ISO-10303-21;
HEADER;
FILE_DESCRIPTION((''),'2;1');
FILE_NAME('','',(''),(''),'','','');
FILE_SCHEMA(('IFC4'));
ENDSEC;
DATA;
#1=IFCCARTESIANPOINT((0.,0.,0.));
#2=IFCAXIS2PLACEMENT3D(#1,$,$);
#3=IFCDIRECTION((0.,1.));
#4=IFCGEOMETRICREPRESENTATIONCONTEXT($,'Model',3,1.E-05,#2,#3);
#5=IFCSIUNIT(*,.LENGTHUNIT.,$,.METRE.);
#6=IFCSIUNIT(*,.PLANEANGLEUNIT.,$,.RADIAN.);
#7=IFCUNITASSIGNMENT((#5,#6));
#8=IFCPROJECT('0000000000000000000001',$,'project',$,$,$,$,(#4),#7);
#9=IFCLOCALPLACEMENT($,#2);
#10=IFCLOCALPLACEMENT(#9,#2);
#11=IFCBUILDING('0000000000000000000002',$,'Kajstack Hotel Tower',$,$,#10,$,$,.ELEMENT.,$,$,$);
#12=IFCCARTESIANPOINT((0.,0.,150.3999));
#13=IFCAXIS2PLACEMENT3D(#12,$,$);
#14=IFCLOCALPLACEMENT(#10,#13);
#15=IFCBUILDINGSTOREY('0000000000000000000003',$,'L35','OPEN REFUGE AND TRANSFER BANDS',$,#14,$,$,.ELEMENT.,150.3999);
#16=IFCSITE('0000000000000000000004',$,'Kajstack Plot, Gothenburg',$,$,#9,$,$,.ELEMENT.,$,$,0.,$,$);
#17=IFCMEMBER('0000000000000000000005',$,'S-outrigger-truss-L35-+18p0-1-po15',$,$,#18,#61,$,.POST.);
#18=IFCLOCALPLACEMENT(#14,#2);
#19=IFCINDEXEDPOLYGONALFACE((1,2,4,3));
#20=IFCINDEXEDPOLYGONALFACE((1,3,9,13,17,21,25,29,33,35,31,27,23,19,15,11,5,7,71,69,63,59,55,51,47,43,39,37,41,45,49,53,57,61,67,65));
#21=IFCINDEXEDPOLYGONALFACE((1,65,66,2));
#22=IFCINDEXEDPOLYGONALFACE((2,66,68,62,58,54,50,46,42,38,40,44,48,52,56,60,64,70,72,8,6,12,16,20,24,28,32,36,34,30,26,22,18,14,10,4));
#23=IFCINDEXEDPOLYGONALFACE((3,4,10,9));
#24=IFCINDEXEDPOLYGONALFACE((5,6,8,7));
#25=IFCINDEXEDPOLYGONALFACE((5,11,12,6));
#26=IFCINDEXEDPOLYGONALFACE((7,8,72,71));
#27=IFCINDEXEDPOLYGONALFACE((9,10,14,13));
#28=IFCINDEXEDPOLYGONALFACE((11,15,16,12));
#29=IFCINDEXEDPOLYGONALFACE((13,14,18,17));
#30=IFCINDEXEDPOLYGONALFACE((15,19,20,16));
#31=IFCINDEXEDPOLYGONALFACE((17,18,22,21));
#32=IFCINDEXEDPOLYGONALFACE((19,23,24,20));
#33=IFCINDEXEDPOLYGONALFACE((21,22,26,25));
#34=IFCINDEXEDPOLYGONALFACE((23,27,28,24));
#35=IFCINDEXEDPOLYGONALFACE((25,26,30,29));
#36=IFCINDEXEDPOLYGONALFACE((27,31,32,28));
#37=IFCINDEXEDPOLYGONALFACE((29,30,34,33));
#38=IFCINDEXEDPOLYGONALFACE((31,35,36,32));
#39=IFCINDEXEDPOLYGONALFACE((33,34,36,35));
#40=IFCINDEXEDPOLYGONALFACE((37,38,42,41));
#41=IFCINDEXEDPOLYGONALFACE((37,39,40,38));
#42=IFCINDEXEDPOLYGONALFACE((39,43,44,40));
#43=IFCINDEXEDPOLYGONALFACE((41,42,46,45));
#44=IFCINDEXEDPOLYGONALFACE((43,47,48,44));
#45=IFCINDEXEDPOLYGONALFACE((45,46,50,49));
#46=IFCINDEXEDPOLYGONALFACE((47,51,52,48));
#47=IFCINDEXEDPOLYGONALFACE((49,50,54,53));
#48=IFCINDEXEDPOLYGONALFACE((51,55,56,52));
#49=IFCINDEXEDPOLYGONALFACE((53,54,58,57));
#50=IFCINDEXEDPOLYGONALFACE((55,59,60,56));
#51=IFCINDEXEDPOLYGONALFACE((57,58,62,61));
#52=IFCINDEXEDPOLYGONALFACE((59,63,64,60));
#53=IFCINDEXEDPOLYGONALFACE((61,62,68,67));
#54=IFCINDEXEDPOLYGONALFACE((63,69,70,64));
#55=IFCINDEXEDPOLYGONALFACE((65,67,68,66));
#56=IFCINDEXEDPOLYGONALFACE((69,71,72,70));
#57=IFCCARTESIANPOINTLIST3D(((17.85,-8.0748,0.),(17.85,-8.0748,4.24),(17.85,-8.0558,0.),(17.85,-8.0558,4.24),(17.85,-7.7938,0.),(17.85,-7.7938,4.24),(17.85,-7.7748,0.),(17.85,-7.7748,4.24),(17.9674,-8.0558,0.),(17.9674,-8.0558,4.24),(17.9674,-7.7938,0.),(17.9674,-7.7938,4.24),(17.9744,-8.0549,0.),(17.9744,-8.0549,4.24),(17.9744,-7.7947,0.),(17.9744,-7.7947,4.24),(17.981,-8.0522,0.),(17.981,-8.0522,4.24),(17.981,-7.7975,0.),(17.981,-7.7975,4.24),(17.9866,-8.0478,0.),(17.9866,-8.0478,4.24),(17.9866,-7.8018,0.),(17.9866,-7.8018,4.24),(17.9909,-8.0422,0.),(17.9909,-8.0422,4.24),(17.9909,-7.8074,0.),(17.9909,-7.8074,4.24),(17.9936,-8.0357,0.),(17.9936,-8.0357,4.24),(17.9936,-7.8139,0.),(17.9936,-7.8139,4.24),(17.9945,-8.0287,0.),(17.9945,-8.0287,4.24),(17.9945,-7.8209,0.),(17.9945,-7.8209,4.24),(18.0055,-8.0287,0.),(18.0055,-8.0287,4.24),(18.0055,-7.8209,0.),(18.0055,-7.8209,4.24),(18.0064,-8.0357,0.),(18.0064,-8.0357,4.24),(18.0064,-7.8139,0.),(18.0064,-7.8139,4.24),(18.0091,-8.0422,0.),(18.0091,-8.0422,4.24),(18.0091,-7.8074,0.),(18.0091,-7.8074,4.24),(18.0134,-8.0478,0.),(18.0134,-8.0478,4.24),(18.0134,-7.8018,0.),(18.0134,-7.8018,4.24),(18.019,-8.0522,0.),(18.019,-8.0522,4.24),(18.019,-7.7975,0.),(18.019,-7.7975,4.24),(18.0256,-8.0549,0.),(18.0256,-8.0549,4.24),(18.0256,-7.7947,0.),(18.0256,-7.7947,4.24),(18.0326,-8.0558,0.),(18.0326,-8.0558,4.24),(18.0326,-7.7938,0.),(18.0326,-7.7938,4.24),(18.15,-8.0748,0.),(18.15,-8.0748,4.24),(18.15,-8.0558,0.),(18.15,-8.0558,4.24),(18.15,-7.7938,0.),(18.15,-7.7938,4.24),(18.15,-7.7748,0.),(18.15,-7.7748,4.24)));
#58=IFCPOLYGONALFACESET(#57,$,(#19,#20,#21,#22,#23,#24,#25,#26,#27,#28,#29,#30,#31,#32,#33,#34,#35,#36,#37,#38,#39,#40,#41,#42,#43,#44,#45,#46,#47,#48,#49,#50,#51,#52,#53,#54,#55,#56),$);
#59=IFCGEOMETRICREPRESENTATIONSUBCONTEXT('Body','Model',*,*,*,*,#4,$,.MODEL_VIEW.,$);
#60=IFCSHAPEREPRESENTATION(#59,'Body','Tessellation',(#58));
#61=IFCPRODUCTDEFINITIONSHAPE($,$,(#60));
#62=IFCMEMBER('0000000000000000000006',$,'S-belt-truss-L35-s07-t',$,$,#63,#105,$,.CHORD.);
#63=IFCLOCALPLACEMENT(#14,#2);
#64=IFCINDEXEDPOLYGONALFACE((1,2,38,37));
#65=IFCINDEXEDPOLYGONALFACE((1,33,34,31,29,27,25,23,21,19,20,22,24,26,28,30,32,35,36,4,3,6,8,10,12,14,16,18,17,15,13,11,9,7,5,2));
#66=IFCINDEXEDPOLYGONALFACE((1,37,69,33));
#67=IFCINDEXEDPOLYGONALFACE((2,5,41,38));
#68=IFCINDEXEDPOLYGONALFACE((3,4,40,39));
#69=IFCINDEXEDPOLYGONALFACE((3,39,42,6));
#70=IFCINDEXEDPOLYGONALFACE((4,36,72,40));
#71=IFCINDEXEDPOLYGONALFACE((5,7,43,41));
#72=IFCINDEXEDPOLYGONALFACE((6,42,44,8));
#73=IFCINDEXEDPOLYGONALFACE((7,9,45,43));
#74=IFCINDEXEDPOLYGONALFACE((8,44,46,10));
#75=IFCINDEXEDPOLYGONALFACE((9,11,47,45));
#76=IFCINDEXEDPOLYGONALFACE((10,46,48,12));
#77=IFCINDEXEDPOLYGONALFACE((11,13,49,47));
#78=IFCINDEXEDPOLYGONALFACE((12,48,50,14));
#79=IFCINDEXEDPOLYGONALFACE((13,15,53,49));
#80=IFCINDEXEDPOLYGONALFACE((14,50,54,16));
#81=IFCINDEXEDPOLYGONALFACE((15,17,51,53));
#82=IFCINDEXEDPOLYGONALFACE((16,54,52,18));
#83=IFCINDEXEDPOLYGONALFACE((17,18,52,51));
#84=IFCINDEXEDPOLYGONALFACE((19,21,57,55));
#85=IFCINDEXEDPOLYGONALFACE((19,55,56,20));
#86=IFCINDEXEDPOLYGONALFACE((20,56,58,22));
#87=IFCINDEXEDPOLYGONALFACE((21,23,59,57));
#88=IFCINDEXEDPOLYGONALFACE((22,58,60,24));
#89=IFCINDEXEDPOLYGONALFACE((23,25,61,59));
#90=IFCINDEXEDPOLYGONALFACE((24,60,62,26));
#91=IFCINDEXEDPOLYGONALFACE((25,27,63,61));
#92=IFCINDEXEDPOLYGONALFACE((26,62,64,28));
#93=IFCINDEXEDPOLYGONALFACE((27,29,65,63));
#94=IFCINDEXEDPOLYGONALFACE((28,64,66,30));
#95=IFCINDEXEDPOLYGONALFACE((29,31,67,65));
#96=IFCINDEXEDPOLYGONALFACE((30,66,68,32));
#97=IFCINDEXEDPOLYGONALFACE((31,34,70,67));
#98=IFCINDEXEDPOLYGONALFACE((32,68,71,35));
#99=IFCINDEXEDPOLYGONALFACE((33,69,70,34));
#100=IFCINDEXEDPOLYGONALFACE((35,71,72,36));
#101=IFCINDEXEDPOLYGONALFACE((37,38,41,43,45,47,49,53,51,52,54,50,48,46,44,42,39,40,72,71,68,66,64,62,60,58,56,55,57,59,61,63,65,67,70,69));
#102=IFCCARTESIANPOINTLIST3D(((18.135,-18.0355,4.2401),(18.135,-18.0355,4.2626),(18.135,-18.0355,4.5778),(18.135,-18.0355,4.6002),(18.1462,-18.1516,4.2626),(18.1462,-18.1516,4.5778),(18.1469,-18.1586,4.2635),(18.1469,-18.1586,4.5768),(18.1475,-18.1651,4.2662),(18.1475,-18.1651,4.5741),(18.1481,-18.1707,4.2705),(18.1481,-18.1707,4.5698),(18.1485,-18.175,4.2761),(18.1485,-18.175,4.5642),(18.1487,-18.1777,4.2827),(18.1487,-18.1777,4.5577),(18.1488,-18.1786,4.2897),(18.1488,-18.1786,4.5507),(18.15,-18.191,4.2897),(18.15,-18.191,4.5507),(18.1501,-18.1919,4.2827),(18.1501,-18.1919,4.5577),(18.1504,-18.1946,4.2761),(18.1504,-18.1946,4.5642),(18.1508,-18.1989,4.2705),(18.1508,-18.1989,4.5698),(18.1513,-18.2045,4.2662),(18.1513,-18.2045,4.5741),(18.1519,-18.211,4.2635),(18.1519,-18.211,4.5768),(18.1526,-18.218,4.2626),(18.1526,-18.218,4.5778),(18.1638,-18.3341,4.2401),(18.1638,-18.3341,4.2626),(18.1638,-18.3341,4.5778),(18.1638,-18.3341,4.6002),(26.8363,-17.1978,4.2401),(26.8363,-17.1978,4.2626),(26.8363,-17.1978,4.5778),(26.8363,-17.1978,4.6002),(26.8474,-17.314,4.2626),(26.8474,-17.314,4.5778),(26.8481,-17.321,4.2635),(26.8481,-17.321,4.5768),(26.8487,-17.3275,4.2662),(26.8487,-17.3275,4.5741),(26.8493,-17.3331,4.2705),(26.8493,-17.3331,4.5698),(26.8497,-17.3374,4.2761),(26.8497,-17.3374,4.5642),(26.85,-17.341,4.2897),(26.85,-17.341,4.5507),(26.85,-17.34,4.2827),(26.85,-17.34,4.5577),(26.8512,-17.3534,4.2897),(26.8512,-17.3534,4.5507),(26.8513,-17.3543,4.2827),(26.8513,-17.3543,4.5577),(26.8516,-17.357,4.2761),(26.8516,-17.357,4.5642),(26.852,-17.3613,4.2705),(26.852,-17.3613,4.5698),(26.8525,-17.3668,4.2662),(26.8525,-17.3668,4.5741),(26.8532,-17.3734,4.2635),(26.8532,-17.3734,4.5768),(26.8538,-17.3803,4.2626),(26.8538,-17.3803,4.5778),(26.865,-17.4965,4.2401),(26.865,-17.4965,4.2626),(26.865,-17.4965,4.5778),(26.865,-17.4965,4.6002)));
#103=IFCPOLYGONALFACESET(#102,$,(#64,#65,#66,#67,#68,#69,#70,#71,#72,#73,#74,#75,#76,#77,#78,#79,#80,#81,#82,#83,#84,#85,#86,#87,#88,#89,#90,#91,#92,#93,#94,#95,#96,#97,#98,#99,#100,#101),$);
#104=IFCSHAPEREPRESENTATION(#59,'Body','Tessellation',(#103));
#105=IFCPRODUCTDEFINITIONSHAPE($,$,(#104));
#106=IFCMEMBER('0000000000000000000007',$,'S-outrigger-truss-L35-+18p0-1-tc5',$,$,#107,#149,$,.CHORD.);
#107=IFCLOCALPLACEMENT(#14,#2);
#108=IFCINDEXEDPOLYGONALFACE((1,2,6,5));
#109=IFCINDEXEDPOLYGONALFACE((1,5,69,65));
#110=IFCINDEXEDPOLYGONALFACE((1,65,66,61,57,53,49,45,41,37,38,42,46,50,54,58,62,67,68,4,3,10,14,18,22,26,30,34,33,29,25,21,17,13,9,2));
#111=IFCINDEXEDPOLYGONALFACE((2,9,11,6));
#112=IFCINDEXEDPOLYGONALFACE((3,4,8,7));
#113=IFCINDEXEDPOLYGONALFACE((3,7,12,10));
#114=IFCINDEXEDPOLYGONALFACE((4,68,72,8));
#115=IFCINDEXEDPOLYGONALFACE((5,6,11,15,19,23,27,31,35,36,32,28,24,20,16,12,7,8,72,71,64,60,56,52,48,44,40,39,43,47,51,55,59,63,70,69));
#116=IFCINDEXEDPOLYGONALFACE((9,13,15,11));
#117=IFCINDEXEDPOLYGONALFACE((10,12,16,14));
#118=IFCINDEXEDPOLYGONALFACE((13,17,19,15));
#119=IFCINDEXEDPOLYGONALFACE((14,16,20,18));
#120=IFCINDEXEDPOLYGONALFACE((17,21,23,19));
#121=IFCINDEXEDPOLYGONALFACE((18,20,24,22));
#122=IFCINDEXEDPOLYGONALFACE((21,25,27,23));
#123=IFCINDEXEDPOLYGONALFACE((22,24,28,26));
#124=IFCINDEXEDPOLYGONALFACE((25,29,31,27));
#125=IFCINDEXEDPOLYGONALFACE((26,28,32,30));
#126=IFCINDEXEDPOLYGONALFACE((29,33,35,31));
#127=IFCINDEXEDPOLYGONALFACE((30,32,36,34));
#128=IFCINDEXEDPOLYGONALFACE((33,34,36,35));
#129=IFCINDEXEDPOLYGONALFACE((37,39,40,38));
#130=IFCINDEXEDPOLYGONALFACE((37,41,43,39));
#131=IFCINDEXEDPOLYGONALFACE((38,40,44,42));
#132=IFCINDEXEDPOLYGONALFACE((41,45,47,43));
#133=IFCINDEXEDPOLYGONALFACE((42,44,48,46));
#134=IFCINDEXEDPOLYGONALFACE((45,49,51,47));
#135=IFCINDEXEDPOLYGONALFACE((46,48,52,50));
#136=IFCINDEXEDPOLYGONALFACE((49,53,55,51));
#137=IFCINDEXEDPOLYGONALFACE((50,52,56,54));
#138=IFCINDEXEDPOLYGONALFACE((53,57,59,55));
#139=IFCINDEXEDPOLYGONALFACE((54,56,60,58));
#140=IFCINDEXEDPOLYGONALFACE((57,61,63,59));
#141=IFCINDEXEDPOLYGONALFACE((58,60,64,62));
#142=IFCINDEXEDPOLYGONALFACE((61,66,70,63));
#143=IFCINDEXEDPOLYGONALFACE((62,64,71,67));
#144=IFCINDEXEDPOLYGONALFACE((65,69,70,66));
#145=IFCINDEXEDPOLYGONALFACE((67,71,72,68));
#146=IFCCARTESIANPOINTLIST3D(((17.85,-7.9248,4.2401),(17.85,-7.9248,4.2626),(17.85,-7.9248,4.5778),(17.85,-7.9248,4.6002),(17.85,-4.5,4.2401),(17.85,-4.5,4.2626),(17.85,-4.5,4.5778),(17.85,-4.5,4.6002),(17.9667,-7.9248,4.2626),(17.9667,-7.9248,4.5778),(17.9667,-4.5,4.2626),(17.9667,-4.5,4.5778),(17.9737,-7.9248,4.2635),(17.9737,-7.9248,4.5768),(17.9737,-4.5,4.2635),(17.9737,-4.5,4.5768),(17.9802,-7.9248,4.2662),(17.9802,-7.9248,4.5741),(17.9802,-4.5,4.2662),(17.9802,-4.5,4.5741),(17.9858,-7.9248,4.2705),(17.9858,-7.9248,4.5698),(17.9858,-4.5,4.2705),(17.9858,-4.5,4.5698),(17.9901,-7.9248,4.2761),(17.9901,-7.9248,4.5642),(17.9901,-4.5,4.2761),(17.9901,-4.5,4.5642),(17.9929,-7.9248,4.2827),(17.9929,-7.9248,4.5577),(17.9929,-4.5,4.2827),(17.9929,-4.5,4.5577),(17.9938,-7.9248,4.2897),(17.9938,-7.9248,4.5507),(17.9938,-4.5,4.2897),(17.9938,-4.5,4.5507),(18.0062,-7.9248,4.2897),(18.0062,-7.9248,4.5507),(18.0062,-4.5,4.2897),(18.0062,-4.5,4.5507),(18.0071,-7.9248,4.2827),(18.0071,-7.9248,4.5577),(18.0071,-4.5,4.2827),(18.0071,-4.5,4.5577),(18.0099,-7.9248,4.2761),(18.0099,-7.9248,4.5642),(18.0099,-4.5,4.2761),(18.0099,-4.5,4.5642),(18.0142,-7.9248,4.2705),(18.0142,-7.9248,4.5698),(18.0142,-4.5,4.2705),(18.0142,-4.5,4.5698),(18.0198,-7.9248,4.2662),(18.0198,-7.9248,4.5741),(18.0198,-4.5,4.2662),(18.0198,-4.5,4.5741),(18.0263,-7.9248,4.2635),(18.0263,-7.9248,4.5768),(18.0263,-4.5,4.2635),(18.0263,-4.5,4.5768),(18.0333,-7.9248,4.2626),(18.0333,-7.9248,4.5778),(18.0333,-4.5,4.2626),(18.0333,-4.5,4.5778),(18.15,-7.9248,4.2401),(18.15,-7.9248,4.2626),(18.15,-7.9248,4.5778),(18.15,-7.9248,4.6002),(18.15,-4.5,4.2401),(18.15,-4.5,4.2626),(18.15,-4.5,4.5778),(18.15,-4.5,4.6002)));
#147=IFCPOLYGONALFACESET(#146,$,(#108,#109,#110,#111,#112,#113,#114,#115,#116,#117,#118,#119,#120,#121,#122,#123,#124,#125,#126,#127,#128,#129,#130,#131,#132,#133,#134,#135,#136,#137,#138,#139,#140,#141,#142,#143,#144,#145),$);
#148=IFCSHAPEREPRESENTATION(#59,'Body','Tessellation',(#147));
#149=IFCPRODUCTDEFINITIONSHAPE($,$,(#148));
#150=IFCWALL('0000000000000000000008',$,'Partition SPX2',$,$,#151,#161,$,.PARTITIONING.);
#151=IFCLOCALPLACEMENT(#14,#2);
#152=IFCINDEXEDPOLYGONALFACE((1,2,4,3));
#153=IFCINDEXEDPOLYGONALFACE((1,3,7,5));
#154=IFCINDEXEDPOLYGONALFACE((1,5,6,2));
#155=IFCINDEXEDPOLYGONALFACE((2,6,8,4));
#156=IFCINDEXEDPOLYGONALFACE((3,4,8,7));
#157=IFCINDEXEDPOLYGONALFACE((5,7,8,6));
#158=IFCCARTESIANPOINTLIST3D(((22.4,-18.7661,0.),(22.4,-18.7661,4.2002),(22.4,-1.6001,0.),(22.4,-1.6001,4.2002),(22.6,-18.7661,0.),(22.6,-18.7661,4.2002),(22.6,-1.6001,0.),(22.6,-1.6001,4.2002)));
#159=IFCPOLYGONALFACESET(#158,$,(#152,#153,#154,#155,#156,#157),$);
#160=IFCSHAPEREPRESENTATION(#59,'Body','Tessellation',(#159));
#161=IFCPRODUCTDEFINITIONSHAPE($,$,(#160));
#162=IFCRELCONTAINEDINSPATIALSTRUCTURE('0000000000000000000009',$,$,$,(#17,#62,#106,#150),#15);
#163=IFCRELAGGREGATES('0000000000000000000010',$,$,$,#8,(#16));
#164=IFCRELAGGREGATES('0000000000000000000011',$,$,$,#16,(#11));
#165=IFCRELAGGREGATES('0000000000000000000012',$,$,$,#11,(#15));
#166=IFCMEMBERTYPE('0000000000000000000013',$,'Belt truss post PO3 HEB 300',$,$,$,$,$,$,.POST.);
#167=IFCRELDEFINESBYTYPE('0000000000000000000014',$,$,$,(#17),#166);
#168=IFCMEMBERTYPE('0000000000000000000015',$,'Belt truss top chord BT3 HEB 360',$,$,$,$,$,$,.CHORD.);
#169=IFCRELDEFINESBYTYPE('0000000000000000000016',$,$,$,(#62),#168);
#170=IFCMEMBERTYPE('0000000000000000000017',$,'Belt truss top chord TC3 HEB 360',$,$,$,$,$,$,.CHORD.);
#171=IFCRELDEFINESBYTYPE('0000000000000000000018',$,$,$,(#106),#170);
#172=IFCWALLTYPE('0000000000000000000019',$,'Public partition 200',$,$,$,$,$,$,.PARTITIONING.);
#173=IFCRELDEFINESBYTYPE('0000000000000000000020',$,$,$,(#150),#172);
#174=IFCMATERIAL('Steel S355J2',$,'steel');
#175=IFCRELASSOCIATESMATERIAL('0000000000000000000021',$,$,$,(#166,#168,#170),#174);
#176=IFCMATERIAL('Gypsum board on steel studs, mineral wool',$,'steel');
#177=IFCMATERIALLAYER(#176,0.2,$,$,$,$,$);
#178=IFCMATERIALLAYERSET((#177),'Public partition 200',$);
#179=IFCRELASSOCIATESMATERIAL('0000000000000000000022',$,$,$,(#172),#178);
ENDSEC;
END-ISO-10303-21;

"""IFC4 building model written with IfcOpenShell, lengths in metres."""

from ifc_helpers import new_model, si_unit, direction, frame, frame_2d, origin, origin_2d, place, context, subcontext, project, spatial, rectangle, i_section, extrude, material, layer, layer_set, material_profile, profile_set, type_object, element, save


model = new_model("IFC4")

# Units and contexts
model_context = context("Model", 3, precision=1e-05, world=origin(), true_north=direction((0.0, 1.0)))
body_context = subcontext(model_context, "Body", "Model", "MODEL_VIEW")
ifc_project = project(units=[si_unit("LENGTHUNIT", "METRE"), si_unit("PLANEANGLEUNIT", "RADIAN")], contexts=[model_context])

# Site, building, storey
site_placement = place(None, origin())
site = spatial("IfcSite", under=ifc_project, at=site_placement, Name="Kajstack Plot, Gothenburg", CompositionType="ELEMENT", RefElevation=0.0)
building_placement = place(site_placement, origin())
building = spatial("IfcBuilding", under=site, at=building_placement, Name="Kajstack Hotel Tower", CompositionType="ELEMENT")
storey_placement = place(building_placement, frame((0.0, 0.0, 150.3999)))
storey = spatial("IfcBuildingStorey", under=building, at=storey_placement, Name="L35", Description="OPEN REFUGE AND TRANSFER BANDS", CompositionType="ELEMENT", Elevation=150.3999)

# Members
ifc_material_1 = material(Name="Steel S355J2", Category="steel")
ifc_material_profile_1 = material_profile(ifc_material_1, i_section(OverallWidth=0.3, OverallDepth=0.3, WebThickness=0.011, FlangeThickness=0.019, FilletRadius=0.0271, at=origin_2d()), Name="HEB 300")
ifc_profile_set_1 = profile_set([ifc_material_profile_1], Name="Steel S355J2")
member_type_1 = type_object("IfcMemberType", Name="Belt truss post PO3 HEB 300", PredefinedType="POST", material=ifc_profile_set_1)
for number, where, z_axis, x_axis, name in (
    (1, (18.0, -7.9248, 0.0), (0.0, 0.0, 1.0), (1.0, 0.0, 0.0), "S-outrigger-truss-L35-+18p0-1-po15"),
):
    element("IfcMember", number, at=place(storey_placement, frame(where, z_axis=z_axis, x_axis=x_axis)), inside=storey, type_object=member_type_1, Name=name, PredefinedType="POST", context=body_context, shape_type="SweptSolid", body=[
        extrude(i_section(OverallWidth=0.3, OverallDepth=0.3, WebThickness=0.011, FlangeThickness=0.019, FilletRadius=0.0271, at=origin_2d()), origin(), (0.0, 0.0, 1.0), 4.24),
    ])
ifc_material_profile_2 = material_profile(ifc_material_1, i_section(OverallWidth=0.3, OverallDepth=0.3601, WebThickness=0.0125, FlangeThickness=0.0225, FilletRadius=0.0271, at=origin_2d()), Name="HEB 360")
ifc_profile_set_2 = profile_set([ifc_material_profile_2], Name="Steel S355J2")
member_type_2 = type_object("IfcMemberType", Name="Belt truss top chord BT3 HEB 360", PredefinedType="CHORD", material=ifc_profile_set_2)
member_1_placement = place(storey_placement, frame((18.1494, -18.1848, 4.4202), z_axis=(0.995398, 0.095825, 0.0), x_axis=(-0.095825, 0.995398, 0.0)))
element("IfcMember", 2, at=member_1_placement, inside=storey, type_object=member_type_2, Name="S-belt-truss-L35-s07-t", PredefinedType="CHORD", context=body_context, shape_type="SweptSolid", body=[
    extrude(i_section(OverallWidth=0.3, OverallDepth=0.3601, WebThickness=0.0125, FlangeThickness=0.0225, FilletRadius=0.0271, at=origin_2d()), origin(), (0.0, 0.0, 1.0), 8.7415),
])
ifc_material_profile_3 = material_profile(ifc_material_1, i_section(OverallWidth=0.3, OverallDepth=0.3601, WebThickness=0.0125, FlangeThickness=0.0225, FilletRadius=0.0271, at=origin_2d()), Name="HEB 360")
ifc_profile_set_3 = profile_set([ifc_material_profile_3], Name="Steel S355J2")
member_type_3 = type_object("IfcMemberType", Name="Belt truss top chord TC3 HEB 360", PredefinedType="CHORD", material=ifc_profile_set_3)
member_2_placement = place(storey_placement, frame((18.0, -7.9248, 4.4202), z_axis=(0.0, 1.0, 0.0), x_axis=(-1.0, 0.0, 0.0)))
element("IfcMember", 3, at=member_2_placement, inside=storey, type_object=member_type_3, Name="S-outrigger-truss-L35-+18p0-1-tc5", PredefinedType="CHORD", context=body_context, shape_type="SweptSolid", body=[
    extrude(i_section(OverallWidth=0.3, OverallDepth=0.3601, WebThickness=0.0125, FlangeThickness=0.0225, FilletRadius=0.0271, at=origin_2d()), origin(), (0.0, 0.0, 1.0), 3.4248),
])

# Wall
ifc_material_2 = material(Name="Gypsum board on steel studs, mineral wool", Category="steel")
ifc_layer_1 = layer(ifc_material_2, 0.2)
ifc_layer_set_1 = layer_set([ifc_layer_1], Name="Public partition 200")
wall_type = type_object("IfcWallType", Name="Public partition 200", PredefinedType="PARTITIONING", material=ifc_layer_set_1)
wall_1_placement = place(storey_placement, frame((22.5, -18.7661, 0.0), z_axis=(0.0, 0.0, 1.0), x_axis=(0.0, 1.0, 0.0)))
element("IfcWall", 4, at=wall_1_placement, inside=storey, type_object=wall_type, Name="Partition SPX2", PredefinedType="PARTITIONING", context=body_context, shape_type="SweptSolid", body=[
    extrude(rectangle(XDim=17.166, YDim=0.2, at=frame_2d((8.583, 0.0))), origin(), (0.0, 0.0, 1.0), 4.2002),
])

save(model, "model.ifc")
